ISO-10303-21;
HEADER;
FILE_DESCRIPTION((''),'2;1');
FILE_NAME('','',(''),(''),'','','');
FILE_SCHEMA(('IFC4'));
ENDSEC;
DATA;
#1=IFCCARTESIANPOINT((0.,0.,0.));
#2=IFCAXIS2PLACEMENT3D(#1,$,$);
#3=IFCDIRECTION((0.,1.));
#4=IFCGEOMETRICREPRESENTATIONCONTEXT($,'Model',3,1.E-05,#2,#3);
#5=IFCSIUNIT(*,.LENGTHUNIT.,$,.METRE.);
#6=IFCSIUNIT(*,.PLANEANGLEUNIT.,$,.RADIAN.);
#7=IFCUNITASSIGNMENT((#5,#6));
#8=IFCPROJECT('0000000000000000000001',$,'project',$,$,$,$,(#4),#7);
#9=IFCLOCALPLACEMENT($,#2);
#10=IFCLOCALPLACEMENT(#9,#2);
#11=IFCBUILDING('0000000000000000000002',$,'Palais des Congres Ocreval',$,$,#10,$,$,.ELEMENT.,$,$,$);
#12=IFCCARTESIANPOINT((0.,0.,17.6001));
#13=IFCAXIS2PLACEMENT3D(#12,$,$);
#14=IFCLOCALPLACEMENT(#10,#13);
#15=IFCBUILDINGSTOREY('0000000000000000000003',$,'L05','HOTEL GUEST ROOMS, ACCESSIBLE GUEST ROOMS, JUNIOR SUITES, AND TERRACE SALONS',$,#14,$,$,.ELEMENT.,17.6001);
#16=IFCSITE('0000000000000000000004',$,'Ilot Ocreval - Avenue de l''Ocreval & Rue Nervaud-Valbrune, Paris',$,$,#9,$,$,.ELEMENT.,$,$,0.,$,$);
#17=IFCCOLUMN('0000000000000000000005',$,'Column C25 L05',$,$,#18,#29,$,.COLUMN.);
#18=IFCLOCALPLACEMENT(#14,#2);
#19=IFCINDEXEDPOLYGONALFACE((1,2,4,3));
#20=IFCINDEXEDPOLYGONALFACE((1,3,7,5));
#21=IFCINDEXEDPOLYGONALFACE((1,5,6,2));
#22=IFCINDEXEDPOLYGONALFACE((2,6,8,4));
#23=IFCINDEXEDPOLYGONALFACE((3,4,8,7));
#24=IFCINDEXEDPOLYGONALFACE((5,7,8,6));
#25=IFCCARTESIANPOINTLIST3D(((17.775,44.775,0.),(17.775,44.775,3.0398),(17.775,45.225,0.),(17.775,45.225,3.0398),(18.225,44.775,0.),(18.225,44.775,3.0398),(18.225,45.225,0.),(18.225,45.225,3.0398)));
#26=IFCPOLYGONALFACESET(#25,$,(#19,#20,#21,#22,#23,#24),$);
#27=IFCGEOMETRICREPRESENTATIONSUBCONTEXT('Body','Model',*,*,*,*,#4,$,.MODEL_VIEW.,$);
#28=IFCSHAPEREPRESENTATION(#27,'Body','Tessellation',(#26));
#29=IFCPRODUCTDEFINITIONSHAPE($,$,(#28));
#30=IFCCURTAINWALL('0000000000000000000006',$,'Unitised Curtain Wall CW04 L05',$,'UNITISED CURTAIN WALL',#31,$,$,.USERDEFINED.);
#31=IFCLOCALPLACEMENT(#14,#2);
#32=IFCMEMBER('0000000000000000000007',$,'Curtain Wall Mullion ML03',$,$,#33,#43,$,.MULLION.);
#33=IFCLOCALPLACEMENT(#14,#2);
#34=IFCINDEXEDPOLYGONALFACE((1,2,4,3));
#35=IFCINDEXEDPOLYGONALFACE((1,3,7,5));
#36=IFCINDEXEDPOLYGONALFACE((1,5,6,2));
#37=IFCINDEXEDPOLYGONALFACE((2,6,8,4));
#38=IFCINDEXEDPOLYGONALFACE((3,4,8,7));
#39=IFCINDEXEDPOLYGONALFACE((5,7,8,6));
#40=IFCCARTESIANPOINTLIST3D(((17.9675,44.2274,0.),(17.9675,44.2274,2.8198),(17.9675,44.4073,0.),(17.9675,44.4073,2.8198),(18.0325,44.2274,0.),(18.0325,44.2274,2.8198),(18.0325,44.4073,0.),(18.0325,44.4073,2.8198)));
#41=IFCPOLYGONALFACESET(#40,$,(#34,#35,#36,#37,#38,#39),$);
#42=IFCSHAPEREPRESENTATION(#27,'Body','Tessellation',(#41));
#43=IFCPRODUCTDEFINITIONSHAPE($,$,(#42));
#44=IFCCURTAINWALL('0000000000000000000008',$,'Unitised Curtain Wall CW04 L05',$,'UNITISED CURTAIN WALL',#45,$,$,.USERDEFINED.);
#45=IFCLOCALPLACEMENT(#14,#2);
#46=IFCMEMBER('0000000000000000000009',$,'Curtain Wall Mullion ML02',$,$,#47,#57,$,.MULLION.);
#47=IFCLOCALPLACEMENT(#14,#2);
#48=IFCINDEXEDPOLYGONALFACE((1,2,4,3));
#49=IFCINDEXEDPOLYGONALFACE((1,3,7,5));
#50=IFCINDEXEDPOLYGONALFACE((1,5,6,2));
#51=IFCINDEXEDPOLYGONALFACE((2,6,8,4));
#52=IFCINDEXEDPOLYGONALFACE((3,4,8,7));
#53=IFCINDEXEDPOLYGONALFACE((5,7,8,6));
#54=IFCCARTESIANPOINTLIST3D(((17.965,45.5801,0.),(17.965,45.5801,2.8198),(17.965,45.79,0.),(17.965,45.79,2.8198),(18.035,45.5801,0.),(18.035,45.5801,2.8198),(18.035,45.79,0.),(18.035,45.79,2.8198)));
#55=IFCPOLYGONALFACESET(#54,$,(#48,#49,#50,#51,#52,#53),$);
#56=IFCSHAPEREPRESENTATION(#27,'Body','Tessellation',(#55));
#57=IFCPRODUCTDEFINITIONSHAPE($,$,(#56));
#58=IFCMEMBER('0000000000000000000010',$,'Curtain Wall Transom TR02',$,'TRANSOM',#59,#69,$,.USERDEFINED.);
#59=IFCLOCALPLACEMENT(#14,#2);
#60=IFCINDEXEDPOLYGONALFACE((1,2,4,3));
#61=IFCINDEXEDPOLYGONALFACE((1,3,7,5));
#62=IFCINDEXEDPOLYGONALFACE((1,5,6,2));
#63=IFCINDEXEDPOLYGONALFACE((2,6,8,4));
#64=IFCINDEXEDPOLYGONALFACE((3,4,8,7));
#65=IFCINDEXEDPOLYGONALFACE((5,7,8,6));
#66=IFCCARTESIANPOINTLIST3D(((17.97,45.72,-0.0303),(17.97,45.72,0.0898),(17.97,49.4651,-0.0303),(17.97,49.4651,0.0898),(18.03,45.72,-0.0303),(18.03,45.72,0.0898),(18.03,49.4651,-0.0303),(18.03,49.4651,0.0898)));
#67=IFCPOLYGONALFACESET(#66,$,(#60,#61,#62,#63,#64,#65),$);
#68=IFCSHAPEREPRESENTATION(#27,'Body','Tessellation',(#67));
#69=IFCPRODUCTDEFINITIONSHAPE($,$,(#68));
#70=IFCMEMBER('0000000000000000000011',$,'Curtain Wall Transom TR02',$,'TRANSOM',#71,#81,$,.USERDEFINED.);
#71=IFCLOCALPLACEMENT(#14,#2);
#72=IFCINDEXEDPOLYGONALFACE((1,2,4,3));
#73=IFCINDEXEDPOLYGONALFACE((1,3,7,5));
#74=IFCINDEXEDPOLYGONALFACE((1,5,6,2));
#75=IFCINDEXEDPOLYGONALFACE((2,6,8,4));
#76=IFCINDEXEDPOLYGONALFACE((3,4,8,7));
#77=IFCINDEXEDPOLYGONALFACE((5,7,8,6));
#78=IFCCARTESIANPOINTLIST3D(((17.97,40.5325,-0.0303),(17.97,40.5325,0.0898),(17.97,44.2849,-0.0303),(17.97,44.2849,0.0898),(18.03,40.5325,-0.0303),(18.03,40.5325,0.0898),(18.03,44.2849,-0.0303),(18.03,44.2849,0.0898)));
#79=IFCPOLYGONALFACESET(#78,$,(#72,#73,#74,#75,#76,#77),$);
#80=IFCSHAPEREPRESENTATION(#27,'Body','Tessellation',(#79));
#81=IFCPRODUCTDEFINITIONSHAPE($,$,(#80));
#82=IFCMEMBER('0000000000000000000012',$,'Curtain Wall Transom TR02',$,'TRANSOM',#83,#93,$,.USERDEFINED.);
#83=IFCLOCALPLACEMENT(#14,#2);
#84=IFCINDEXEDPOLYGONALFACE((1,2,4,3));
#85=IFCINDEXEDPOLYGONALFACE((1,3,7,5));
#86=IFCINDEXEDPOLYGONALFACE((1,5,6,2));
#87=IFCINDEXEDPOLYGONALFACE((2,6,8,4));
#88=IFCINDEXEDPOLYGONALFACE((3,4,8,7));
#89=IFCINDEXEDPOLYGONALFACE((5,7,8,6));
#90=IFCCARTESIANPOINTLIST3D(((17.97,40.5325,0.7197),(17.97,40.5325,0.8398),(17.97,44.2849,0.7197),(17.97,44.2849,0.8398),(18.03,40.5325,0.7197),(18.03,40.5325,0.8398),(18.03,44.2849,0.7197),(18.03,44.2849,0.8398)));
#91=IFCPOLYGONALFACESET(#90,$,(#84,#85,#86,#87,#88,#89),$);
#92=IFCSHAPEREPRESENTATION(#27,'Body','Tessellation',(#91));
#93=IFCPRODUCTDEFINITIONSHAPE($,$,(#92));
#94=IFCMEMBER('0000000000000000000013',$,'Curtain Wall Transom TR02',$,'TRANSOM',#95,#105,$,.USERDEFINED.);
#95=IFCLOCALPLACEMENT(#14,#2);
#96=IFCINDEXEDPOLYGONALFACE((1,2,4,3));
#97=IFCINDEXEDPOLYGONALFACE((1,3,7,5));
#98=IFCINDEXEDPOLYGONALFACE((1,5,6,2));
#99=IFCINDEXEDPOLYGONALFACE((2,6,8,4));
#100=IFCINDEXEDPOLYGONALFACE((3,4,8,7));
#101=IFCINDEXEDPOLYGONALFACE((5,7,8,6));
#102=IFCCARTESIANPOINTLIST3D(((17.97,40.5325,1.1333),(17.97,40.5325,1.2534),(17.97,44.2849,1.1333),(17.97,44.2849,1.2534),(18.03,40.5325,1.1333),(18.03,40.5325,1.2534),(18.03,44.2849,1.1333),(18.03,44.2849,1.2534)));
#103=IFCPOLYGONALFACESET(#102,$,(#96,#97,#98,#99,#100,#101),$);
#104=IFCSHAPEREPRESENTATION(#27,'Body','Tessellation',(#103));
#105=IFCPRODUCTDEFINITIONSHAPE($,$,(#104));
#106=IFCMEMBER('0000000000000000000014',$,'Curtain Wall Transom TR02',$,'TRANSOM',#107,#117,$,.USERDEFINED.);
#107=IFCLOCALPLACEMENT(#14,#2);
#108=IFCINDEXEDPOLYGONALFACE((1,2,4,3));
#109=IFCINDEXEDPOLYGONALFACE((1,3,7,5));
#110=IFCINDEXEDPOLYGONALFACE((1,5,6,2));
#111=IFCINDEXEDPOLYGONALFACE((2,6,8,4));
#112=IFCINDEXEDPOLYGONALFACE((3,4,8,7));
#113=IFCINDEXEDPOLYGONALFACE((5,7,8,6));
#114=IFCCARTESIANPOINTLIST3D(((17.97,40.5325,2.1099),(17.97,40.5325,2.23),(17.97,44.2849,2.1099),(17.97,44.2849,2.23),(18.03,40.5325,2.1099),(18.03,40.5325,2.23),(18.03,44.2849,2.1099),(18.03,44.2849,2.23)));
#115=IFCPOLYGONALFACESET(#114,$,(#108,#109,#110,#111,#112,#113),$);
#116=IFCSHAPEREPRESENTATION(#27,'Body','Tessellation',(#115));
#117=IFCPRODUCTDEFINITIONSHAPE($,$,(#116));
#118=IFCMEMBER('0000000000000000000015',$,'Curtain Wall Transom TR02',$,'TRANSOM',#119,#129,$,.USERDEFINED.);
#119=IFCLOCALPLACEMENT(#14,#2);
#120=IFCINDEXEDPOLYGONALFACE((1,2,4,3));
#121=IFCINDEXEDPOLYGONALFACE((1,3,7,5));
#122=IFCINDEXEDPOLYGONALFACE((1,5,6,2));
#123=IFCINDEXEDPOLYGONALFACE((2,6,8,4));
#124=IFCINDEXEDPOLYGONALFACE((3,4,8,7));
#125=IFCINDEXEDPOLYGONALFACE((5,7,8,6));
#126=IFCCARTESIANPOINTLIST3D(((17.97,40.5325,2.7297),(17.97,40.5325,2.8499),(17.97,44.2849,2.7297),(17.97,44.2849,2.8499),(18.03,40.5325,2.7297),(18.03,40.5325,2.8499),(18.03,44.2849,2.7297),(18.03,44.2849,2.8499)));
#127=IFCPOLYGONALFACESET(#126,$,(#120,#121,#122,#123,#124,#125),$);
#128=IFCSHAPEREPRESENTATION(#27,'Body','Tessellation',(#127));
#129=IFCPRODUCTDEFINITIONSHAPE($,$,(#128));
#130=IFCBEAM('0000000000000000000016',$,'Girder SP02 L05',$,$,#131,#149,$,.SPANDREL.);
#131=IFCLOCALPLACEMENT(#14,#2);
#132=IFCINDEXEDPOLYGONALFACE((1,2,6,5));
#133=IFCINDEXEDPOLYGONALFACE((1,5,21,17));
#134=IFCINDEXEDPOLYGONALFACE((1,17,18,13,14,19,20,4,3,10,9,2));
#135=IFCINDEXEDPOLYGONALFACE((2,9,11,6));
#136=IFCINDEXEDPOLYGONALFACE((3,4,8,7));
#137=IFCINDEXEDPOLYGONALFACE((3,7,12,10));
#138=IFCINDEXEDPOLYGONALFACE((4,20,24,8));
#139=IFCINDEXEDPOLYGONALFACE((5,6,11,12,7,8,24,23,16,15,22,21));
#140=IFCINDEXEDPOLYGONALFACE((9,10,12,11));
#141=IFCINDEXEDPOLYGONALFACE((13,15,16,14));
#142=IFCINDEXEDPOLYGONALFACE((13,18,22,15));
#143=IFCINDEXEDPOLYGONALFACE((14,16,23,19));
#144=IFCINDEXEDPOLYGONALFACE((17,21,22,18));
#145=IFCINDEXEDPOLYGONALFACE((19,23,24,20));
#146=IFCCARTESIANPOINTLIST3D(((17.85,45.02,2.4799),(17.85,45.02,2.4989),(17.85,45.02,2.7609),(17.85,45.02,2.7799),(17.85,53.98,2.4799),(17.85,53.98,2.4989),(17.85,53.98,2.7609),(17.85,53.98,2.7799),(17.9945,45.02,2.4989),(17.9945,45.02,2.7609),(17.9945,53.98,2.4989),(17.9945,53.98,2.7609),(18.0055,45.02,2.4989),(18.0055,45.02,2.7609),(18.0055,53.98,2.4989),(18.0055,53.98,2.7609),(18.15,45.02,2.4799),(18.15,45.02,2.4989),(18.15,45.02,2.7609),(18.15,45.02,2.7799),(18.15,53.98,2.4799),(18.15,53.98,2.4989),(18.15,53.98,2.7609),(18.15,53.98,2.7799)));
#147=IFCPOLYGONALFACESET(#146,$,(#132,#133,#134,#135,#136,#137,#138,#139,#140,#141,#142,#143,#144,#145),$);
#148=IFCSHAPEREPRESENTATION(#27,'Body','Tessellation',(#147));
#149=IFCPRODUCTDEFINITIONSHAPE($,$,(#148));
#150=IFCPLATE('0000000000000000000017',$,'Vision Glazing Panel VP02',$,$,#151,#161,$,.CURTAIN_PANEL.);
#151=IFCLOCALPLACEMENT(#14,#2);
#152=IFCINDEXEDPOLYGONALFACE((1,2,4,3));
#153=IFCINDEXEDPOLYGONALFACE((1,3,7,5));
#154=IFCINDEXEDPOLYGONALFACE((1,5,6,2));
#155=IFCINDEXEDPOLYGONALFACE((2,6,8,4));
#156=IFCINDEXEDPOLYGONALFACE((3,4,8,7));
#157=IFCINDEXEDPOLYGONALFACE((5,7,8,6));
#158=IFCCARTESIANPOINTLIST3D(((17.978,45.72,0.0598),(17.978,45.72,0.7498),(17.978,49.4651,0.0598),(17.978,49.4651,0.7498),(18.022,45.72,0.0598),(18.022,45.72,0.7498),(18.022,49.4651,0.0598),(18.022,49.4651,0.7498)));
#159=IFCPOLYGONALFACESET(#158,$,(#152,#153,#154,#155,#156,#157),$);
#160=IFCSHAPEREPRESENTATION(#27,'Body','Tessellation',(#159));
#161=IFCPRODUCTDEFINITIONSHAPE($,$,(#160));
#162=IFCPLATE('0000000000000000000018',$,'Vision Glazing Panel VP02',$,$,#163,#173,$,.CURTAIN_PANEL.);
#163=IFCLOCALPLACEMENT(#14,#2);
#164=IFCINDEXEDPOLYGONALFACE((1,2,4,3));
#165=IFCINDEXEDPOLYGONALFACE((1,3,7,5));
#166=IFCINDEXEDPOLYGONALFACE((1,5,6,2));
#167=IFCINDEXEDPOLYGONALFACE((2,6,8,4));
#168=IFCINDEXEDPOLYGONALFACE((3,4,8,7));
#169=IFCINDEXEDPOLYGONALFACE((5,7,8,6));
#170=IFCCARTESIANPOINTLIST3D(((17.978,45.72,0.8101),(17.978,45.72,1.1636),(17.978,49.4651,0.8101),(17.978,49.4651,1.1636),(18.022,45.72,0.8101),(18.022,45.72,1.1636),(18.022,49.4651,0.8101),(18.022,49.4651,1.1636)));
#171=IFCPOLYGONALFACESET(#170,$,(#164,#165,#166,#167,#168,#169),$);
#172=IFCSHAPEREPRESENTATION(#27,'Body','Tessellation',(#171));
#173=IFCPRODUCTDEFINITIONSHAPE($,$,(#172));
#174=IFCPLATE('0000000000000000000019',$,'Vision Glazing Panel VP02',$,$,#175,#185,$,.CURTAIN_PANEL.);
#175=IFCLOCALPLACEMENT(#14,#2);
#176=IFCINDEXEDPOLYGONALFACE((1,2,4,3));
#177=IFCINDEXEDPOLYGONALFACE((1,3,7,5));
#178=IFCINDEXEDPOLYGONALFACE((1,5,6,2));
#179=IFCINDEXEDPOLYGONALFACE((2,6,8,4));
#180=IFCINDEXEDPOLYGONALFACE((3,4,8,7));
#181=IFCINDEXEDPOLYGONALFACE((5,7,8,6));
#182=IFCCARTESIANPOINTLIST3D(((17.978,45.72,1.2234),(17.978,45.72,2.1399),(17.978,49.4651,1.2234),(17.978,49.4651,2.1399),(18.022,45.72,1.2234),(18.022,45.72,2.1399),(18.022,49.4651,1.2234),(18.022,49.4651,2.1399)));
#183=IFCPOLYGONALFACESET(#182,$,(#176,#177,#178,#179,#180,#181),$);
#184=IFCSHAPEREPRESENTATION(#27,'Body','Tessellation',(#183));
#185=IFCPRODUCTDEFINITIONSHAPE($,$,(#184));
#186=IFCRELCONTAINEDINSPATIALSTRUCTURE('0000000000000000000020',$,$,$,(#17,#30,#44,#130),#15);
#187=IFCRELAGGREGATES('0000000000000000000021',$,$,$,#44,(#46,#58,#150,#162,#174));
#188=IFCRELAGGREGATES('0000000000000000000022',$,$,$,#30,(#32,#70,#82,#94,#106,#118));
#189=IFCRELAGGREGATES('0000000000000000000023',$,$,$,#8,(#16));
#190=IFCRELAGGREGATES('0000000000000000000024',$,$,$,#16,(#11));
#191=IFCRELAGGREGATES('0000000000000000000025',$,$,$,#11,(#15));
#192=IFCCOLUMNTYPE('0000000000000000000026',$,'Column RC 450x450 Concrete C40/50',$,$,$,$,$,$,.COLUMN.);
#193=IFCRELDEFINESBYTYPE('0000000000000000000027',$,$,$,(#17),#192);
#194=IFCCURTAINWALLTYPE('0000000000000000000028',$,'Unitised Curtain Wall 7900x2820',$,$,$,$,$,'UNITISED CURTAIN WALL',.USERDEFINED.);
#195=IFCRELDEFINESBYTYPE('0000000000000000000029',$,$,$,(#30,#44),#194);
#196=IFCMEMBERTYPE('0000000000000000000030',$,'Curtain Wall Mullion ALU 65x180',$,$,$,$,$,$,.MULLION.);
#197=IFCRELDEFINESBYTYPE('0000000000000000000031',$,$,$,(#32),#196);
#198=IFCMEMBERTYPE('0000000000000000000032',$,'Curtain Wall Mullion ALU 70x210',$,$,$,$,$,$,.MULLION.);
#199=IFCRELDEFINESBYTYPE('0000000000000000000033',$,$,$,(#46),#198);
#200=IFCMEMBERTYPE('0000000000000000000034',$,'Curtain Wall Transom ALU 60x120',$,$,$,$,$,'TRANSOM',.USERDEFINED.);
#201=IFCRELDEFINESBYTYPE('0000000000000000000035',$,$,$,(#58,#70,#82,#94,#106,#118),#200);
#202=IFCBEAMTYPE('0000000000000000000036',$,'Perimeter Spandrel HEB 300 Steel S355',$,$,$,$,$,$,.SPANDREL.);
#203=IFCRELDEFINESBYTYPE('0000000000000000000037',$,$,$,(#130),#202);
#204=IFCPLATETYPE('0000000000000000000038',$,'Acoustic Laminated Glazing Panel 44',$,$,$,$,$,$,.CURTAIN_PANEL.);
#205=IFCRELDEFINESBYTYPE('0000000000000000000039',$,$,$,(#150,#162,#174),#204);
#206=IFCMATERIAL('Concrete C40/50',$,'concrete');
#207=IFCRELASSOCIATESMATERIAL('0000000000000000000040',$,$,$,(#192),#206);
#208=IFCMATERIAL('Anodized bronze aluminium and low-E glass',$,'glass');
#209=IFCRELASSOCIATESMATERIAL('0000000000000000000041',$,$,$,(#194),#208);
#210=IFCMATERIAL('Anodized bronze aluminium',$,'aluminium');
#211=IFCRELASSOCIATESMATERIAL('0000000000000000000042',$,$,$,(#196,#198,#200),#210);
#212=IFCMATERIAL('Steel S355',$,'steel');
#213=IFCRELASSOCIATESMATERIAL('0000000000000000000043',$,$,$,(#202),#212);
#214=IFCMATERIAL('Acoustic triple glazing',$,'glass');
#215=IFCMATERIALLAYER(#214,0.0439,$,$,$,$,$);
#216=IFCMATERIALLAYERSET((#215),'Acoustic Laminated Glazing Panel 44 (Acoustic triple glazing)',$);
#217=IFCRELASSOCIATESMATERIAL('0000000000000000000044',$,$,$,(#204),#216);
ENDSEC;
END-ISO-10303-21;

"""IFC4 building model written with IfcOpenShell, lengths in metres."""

from ifc_helpers import new_model, si_unit, direction, frame, origin, origin_2d, place, context, subcontext, project, spatial, rectangle, i_section, extrude, material, layer, layer_set, material_profile, profile_set, type_object, element, aggregate, save


model = new_model("IFC4")

# Units and contexts
model_context = context("Model", 3, precision=1e-05, world=origin(), true_north=direction((0.0, 1.0)))
body_context = subcontext(model_context, "Body", "Model", "MODEL_VIEW")
ifc_project = project(units=[si_unit("LENGTHUNIT", "METRE"), si_unit("PLANEANGLEUNIT", "RADIAN")], contexts=[model_context])

# Site, building, storey
site_placement = place(None, origin())
site = spatial("IfcSite", under=ifc_project, at=site_placement, Name="Ilot Ocreval - Avenue de l'Ocreval & Rue Nervaud-Valbrune, Paris", CompositionType="ELEMENT", RefElevation=0.0)
building_placement = place(site_placement, origin())
building = spatial("IfcBuilding", under=site, at=building_placement, Name="Palais des Congres Ocreval", CompositionType="ELEMENT")
storey_placement = place(building_placement, frame((0.0, 0.0, 17.6001)))
storey = spatial("IfcBuildingStorey", under=building, at=storey_placement, Name="L05", Description="HOTEL GUEST ROOMS, ACCESSIBLE GUEST ROOMS, JUNIOR SUITES, AND TERRACE SALONS", CompositionType="ELEMENT", Elevation=17.6001)

# Column
ifc_material_1 = material(Name="Concrete C40/50", Category="concrete")
ifc_material_profile_1 = material_profile(ifc_material_1, rectangle(XDim=0.45, YDim=0.45, at=origin_2d()), Name="RC 450x450")
ifc_profile_set_1 = profile_set([ifc_material_profile_1], Name="Concrete C40/50")
column_type = type_object("IfcColumnType", Name="Column RC 450x450 Concrete C40/50", PredefinedType="COLUMN", material=ifc_profile_set_1)
column_placement = place(storey_placement, frame((18.0, 45.0, 0.0), z_axis=(0.0, 0.0, 1.0), x_axis=(1.0, 0.0, 0.0)))
element("IfcColumn", 1, at=column_placement, inside=storey, type_object=column_type, Name="Column C25 L05", PredefinedType="COLUMN", context=body_context, shape_type="SweptSolid", body=[
    extrude(rectangle(XDim=0.45, YDim=0.45, at=origin_2d()), origin(), (0.0, 0.0, 1.0), 3.0398),
])

# Curtain wall, member
ifc_material_2 = material(Name="Anodized bronze aluminium and low-E glass", Category="glass")
curtain_wall_type = type_object("IfcCurtainWallType", Name="Unitised Curtain Wall 7900x2820", ElementType="UNITISED CURTAIN WALL", PredefinedType="USERDEFINED", material=ifc_material_2)
curtain_wall_1_placement = place(storey_placement, origin())
curtain_wall_1 = element("IfcCurtainWall", 2, at=curtain_wall_1_placement, inside=storey, type_object=curtain_wall_type, Name="Unitised Curtain Wall CW04 L05", ObjectType="UNITISED CURTAIN WALL", PredefinedType="USERDEFINED")
ifc_material_3 = material(Name="Anodized bronze aluminium", Category="aluminium")
ifc_material_profile_2 = material_profile(ifc_material_3, rectangle(XDim=0.0649, YDim=0.1799, at=origin_2d()), Name="ALU 65x180")
ifc_profile_set_2 = profile_set([ifc_material_profile_2], Name="Anodized bronze aluminium")
member_type_1 = type_object("IfcMemberType", Name="Curtain Wall Mullion ALU 65x180", PredefinedType="MULLION", material=ifc_profile_set_2)
member_1_placement = place(storey_placement, frame((18.0, 44.3174, 0.0), z_axis=(0.0, 0.0, 1.0), x_axis=(1.0, 0.0, 0.0)))
member_1 = element("IfcMember", 3, at=member_1_placement, type_object=member_type_1, Name="Curtain Wall Mullion ML03", PredefinedType="MULLION", context=body_context, shape_type="SweptSolid", body=[
    extrude(rectangle(XDim=0.0649, YDim=0.1799, at=origin_2d()), origin(), (0.0, 0.0, 1.0), 2.8198),
])

# Curtain wall, members
curtain_wall_2_placement = place(storey_placement, origin())
curtain_wall_2 = element("IfcCurtainWall", 4, at=curtain_wall_2_placement, inside=storey, type_object=curtain_wall_type, Name="Unitised Curtain Wall CW04 L05", ObjectType="UNITISED CURTAIN WALL", PredefinedType="USERDEFINED")
ifc_material_profile_3 = material_profile(ifc_material_3, rectangle(XDim=0.0701, YDim=0.21, at=origin_2d()), Name="ALU 70x210")
ifc_profile_set_3 = profile_set([ifc_material_profile_3], Name="Anodized bronze aluminium")
member_type_2 = type_object("IfcMemberType", Name="Curtain Wall Mullion ALU 70x210", PredefinedType="MULLION", material=ifc_profile_set_3)
member_2_placement = place(storey_placement, frame((18.0, 45.6851, 0.0), z_axis=(0.0, 0.0, 1.0), x_axis=(1.0, 0.0, 0.0)))
member_2 = element("IfcMember", 5, at=member_2_placement, type_object=member_type_2, Name="Curtain Wall Mullion ML02", PredefinedType="MULLION", context=body_context, shape_type="SweptSolid", body=[
    extrude(rectangle(XDim=0.0701, YDim=0.21, at=origin_2d()), origin(), (0.0, 0.0, 1.0), 2.8198),
])
ifc_material_profile_4 = material_profile(ifc_material_3, rectangle(XDim=0.0601, YDim=0.1201, at=origin_2d()), Name="ALU 60x120")
ifc_profile_set_4 = profile_set([ifc_material_profile_4], Name="Anodized bronze aluminium")
member_type_3 = type_object("IfcMemberType", Name="Curtain Wall Transom ALU 60x120", ElementType="TRANSOM", PredefinedType="USERDEFINED", material=ifc_profile_set_4)
member_3_placement = place(storey_placement, frame((18.0, 49.4651, 0.0298), z_axis=(0.0, -1.0, 0.0), x_axis=(1.0, 0.0, 0.0)))
member_3 = element("IfcMember", 6, at=member_3_placement, type_object=member_type_3, Name="Curtain Wall Transom TR02", ObjectType="TRANSOM", PredefinedType="USERDEFINED", context=body_context, shape_type="SweptSolid", body=[
    extrude(rectangle(XDim=0.0601, YDim=0.1201, at=origin_2d()), origin(), (0.0, 0.0, 1.0), 3.7451),
])

# Members
member_4_placement = place(storey_placement, frame((18.0, 44.2849, 0.0298), z_axis=(0.0, -1.0, 0.0), x_axis=(1.0, 0.0, 0.0)))
member_4 = element("IfcMember", 7, at=member_4_placement, type_object=member_type_3, Name="Curtain Wall Transom TR02", ObjectType="TRANSOM", PredefinedType="USERDEFINED", context=body_context, shape_type="SweptSolid", body=[
    extrude(rectangle(XDim=0.0601, YDim=0.1201, at=origin_2d()), origin(), (0.0, 0.0, 1.0), 3.7524),
])
member_5_placement = place(storey_placement, frame((18.0, 44.2849, 0.7798), z_axis=(0.0, -1.0, 0.0), x_axis=(1.0, 0.0, 0.0)))
member_5 = element("IfcMember", 8, at=member_5_placement, type_object=member_type_3, Name="Curtain Wall Transom TR02", ObjectType="TRANSOM", PredefinedType="USERDEFINED", context=body_context, shape_type="SweptSolid", body=[
    extrude(rectangle(XDim=0.0601, YDim=0.1201, at=origin_2d()), origin(), (0.0, 0.0, 1.0), 3.7524),
])
member_6_placement = place(storey_placement, frame((18.0, 44.2849, 1.1934), z_axis=(0.0, -1.0, 0.0), x_axis=(1.0, 0.0, 0.0)))
member_6 = element("IfcMember", 9, at=member_6_placement, type_object=member_type_3, Name="Curtain Wall Transom TR02", ObjectType="TRANSOM", PredefinedType="USERDEFINED", context=body_context, shape_type="SweptSolid", body=[
    extrude(rectangle(XDim=0.0601, YDim=0.1201, at=origin_2d()), origin(), (0.0, 0.0, 1.0), 3.7524),
])
member_7_placement = place(storey_placement, frame((18.0, 44.2849, 2.1699), z_axis=(0.0, -1.0, 0.0), x_axis=(1.0, 0.0, 0.0)))
member_7 = element("IfcMember", 10, at=member_7_placement, type_object=member_type_3, Name="Curtain Wall Transom TR02", ObjectType="TRANSOM", PredefinedType="USERDEFINED", context=body_context, shape_type="SweptSolid", body=[
    extrude(rectangle(XDim=0.0601, YDim=0.1201, at=origin_2d()), origin(), (0.0, 0.0, 1.0), 3.7524),
])
member_8_placement = place(storey_placement, frame((18.0, 44.2849, 2.7898), z_axis=(0.0, -1.0, 0.0), x_axis=(1.0, 0.0, 0.0)))
member_8 = element("IfcMember", 11, at=member_8_placement, type_object=member_type_3, Name="Curtain Wall Transom TR02", ObjectType="TRANSOM", PredefinedType="USERDEFINED", context=body_context, shape_type="SweptSolid", body=[
    extrude(rectangle(XDim=0.0601, YDim=0.1201, at=origin_2d()), origin(), (0.0, 0.0, 1.0), 3.7524),
])

# Beam
ifc_material_4 = material(Name="Steel S355", Category="steel")
ifc_material_profile_5 = material_profile(ifc_material_4, i_section(OverallWidth=0.3, OverallDepth=0.3, WebThickness=0.011, FlangeThickness=0.019, at=origin_2d()), Name="HEB 300")
ifc_profile_set_5 = profile_set([ifc_material_profile_5], Name="Steel S355")
beam_type = type_object("IfcBeamType", Name="Perimeter Spandrel HEB 300 Steel S355", PredefinedType="SPANDREL", material=ifc_profile_set_5)
beam_placement = place(storey_placement, frame((18.0, 45.02, 2.6299), z_axis=(0.0, 1.0, 0.0), x_axis=(-1.0, 0.0, 0.0)))
element("IfcBeam", 12, at=beam_placement, inside=storey, type_object=beam_type, Name="Girder SP02 L05", PredefinedType="SPANDREL", context=body_context, shape_type="SweptSolid", body=[
    extrude(i_section(OverallWidth=0.3, OverallDepth=0.3, WebThickness=0.011, FlangeThickness=0.019, at=origin_2d()), origin(), (0.0, 0.0, 1.0), 8.96),
])

# Plates
ifc_material_5 = material(Name="Acoustic triple glazing", Category="glass")
ifc_layer_1 = layer(ifc_material_5, 0.0439)
ifc_layer_set_1 = layer_set([ifc_layer_1], Name="Acoustic Laminated Glazing Panel 44 (Acoustic triple glazing)")
plate_type_1 = type_object("IfcPlateType", Name="Acoustic Laminated Glazing Panel 44", PredefinedType="CURTAIN_PANEL", material=ifc_layer_set_1)
plate_1_placement = place(storey_placement, frame((18.0, 47.5925, 0.0598), z_axis=(0.0, 0.0, 1.0), x_axis=(0.0, -1.0, 0.0)))
plate_1 = element("IfcPlate", 13, at=plate_1_placement, type_object=plate_type_1, Name="Vision Glazing Panel VP02", PredefinedType="CURTAIN_PANEL", context=body_context, shape_type="SweptSolid", body=[
    extrude(rectangle(XDim=3.7451, YDim=0.0439, at=origin_2d()), origin(), (0.0, 0.0, 1.0), 0.6899),
])
plate_2_placement = place(storey_placement, frame((18.0, 47.5925, 0.8101), z_axis=(0.0, 0.0, 1.0), x_axis=(0.0, -1.0, 0.0)))
plate_2 = element("IfcPlate", 14, at=plate_2_placement, type_object=plate_type_1, Name="Vision Glazing Panel VP02", PredefinedType="CURTAIN_PANEL", context=body_context, shape_type="SweptSolid", body=[
    extrude(rectangle(XDim=3.7451, YDim=0.0439, at=origin_2d()), origin(), (0.0, 0.0, 1.0), 0.3535),
])
plate_3_placement = place(storey_placement, frame((18.0, 47.5925, 1.2234), z_axis=(0.0, 0.0, 1.0), x_axis=(0.0, -1.0, 0.0)))
plate_3 = element("IfcPlate", 15, at=plate_3_placement, type_object=plate_type_1, Name="Vision Glazing Panel VP02", PredefinedType="CURTAIN_PANEL", context=body_context, shape_type="SweptSolid", body=[
    extrude(rectangle(XDim=3.7451, YDim=0.0439, at=origin_2d()), origin(), (0.0, 0.0, 1.0), 0.9165),
])
aggregate(curtain_wall_2, [member_2, member_3, plate_1, plate_2, plate_3])
aggregate(curtain_wall_1, [member_1, member_4, member_5, member_6, member_7, member_8])

save(model, "model.ifc")
